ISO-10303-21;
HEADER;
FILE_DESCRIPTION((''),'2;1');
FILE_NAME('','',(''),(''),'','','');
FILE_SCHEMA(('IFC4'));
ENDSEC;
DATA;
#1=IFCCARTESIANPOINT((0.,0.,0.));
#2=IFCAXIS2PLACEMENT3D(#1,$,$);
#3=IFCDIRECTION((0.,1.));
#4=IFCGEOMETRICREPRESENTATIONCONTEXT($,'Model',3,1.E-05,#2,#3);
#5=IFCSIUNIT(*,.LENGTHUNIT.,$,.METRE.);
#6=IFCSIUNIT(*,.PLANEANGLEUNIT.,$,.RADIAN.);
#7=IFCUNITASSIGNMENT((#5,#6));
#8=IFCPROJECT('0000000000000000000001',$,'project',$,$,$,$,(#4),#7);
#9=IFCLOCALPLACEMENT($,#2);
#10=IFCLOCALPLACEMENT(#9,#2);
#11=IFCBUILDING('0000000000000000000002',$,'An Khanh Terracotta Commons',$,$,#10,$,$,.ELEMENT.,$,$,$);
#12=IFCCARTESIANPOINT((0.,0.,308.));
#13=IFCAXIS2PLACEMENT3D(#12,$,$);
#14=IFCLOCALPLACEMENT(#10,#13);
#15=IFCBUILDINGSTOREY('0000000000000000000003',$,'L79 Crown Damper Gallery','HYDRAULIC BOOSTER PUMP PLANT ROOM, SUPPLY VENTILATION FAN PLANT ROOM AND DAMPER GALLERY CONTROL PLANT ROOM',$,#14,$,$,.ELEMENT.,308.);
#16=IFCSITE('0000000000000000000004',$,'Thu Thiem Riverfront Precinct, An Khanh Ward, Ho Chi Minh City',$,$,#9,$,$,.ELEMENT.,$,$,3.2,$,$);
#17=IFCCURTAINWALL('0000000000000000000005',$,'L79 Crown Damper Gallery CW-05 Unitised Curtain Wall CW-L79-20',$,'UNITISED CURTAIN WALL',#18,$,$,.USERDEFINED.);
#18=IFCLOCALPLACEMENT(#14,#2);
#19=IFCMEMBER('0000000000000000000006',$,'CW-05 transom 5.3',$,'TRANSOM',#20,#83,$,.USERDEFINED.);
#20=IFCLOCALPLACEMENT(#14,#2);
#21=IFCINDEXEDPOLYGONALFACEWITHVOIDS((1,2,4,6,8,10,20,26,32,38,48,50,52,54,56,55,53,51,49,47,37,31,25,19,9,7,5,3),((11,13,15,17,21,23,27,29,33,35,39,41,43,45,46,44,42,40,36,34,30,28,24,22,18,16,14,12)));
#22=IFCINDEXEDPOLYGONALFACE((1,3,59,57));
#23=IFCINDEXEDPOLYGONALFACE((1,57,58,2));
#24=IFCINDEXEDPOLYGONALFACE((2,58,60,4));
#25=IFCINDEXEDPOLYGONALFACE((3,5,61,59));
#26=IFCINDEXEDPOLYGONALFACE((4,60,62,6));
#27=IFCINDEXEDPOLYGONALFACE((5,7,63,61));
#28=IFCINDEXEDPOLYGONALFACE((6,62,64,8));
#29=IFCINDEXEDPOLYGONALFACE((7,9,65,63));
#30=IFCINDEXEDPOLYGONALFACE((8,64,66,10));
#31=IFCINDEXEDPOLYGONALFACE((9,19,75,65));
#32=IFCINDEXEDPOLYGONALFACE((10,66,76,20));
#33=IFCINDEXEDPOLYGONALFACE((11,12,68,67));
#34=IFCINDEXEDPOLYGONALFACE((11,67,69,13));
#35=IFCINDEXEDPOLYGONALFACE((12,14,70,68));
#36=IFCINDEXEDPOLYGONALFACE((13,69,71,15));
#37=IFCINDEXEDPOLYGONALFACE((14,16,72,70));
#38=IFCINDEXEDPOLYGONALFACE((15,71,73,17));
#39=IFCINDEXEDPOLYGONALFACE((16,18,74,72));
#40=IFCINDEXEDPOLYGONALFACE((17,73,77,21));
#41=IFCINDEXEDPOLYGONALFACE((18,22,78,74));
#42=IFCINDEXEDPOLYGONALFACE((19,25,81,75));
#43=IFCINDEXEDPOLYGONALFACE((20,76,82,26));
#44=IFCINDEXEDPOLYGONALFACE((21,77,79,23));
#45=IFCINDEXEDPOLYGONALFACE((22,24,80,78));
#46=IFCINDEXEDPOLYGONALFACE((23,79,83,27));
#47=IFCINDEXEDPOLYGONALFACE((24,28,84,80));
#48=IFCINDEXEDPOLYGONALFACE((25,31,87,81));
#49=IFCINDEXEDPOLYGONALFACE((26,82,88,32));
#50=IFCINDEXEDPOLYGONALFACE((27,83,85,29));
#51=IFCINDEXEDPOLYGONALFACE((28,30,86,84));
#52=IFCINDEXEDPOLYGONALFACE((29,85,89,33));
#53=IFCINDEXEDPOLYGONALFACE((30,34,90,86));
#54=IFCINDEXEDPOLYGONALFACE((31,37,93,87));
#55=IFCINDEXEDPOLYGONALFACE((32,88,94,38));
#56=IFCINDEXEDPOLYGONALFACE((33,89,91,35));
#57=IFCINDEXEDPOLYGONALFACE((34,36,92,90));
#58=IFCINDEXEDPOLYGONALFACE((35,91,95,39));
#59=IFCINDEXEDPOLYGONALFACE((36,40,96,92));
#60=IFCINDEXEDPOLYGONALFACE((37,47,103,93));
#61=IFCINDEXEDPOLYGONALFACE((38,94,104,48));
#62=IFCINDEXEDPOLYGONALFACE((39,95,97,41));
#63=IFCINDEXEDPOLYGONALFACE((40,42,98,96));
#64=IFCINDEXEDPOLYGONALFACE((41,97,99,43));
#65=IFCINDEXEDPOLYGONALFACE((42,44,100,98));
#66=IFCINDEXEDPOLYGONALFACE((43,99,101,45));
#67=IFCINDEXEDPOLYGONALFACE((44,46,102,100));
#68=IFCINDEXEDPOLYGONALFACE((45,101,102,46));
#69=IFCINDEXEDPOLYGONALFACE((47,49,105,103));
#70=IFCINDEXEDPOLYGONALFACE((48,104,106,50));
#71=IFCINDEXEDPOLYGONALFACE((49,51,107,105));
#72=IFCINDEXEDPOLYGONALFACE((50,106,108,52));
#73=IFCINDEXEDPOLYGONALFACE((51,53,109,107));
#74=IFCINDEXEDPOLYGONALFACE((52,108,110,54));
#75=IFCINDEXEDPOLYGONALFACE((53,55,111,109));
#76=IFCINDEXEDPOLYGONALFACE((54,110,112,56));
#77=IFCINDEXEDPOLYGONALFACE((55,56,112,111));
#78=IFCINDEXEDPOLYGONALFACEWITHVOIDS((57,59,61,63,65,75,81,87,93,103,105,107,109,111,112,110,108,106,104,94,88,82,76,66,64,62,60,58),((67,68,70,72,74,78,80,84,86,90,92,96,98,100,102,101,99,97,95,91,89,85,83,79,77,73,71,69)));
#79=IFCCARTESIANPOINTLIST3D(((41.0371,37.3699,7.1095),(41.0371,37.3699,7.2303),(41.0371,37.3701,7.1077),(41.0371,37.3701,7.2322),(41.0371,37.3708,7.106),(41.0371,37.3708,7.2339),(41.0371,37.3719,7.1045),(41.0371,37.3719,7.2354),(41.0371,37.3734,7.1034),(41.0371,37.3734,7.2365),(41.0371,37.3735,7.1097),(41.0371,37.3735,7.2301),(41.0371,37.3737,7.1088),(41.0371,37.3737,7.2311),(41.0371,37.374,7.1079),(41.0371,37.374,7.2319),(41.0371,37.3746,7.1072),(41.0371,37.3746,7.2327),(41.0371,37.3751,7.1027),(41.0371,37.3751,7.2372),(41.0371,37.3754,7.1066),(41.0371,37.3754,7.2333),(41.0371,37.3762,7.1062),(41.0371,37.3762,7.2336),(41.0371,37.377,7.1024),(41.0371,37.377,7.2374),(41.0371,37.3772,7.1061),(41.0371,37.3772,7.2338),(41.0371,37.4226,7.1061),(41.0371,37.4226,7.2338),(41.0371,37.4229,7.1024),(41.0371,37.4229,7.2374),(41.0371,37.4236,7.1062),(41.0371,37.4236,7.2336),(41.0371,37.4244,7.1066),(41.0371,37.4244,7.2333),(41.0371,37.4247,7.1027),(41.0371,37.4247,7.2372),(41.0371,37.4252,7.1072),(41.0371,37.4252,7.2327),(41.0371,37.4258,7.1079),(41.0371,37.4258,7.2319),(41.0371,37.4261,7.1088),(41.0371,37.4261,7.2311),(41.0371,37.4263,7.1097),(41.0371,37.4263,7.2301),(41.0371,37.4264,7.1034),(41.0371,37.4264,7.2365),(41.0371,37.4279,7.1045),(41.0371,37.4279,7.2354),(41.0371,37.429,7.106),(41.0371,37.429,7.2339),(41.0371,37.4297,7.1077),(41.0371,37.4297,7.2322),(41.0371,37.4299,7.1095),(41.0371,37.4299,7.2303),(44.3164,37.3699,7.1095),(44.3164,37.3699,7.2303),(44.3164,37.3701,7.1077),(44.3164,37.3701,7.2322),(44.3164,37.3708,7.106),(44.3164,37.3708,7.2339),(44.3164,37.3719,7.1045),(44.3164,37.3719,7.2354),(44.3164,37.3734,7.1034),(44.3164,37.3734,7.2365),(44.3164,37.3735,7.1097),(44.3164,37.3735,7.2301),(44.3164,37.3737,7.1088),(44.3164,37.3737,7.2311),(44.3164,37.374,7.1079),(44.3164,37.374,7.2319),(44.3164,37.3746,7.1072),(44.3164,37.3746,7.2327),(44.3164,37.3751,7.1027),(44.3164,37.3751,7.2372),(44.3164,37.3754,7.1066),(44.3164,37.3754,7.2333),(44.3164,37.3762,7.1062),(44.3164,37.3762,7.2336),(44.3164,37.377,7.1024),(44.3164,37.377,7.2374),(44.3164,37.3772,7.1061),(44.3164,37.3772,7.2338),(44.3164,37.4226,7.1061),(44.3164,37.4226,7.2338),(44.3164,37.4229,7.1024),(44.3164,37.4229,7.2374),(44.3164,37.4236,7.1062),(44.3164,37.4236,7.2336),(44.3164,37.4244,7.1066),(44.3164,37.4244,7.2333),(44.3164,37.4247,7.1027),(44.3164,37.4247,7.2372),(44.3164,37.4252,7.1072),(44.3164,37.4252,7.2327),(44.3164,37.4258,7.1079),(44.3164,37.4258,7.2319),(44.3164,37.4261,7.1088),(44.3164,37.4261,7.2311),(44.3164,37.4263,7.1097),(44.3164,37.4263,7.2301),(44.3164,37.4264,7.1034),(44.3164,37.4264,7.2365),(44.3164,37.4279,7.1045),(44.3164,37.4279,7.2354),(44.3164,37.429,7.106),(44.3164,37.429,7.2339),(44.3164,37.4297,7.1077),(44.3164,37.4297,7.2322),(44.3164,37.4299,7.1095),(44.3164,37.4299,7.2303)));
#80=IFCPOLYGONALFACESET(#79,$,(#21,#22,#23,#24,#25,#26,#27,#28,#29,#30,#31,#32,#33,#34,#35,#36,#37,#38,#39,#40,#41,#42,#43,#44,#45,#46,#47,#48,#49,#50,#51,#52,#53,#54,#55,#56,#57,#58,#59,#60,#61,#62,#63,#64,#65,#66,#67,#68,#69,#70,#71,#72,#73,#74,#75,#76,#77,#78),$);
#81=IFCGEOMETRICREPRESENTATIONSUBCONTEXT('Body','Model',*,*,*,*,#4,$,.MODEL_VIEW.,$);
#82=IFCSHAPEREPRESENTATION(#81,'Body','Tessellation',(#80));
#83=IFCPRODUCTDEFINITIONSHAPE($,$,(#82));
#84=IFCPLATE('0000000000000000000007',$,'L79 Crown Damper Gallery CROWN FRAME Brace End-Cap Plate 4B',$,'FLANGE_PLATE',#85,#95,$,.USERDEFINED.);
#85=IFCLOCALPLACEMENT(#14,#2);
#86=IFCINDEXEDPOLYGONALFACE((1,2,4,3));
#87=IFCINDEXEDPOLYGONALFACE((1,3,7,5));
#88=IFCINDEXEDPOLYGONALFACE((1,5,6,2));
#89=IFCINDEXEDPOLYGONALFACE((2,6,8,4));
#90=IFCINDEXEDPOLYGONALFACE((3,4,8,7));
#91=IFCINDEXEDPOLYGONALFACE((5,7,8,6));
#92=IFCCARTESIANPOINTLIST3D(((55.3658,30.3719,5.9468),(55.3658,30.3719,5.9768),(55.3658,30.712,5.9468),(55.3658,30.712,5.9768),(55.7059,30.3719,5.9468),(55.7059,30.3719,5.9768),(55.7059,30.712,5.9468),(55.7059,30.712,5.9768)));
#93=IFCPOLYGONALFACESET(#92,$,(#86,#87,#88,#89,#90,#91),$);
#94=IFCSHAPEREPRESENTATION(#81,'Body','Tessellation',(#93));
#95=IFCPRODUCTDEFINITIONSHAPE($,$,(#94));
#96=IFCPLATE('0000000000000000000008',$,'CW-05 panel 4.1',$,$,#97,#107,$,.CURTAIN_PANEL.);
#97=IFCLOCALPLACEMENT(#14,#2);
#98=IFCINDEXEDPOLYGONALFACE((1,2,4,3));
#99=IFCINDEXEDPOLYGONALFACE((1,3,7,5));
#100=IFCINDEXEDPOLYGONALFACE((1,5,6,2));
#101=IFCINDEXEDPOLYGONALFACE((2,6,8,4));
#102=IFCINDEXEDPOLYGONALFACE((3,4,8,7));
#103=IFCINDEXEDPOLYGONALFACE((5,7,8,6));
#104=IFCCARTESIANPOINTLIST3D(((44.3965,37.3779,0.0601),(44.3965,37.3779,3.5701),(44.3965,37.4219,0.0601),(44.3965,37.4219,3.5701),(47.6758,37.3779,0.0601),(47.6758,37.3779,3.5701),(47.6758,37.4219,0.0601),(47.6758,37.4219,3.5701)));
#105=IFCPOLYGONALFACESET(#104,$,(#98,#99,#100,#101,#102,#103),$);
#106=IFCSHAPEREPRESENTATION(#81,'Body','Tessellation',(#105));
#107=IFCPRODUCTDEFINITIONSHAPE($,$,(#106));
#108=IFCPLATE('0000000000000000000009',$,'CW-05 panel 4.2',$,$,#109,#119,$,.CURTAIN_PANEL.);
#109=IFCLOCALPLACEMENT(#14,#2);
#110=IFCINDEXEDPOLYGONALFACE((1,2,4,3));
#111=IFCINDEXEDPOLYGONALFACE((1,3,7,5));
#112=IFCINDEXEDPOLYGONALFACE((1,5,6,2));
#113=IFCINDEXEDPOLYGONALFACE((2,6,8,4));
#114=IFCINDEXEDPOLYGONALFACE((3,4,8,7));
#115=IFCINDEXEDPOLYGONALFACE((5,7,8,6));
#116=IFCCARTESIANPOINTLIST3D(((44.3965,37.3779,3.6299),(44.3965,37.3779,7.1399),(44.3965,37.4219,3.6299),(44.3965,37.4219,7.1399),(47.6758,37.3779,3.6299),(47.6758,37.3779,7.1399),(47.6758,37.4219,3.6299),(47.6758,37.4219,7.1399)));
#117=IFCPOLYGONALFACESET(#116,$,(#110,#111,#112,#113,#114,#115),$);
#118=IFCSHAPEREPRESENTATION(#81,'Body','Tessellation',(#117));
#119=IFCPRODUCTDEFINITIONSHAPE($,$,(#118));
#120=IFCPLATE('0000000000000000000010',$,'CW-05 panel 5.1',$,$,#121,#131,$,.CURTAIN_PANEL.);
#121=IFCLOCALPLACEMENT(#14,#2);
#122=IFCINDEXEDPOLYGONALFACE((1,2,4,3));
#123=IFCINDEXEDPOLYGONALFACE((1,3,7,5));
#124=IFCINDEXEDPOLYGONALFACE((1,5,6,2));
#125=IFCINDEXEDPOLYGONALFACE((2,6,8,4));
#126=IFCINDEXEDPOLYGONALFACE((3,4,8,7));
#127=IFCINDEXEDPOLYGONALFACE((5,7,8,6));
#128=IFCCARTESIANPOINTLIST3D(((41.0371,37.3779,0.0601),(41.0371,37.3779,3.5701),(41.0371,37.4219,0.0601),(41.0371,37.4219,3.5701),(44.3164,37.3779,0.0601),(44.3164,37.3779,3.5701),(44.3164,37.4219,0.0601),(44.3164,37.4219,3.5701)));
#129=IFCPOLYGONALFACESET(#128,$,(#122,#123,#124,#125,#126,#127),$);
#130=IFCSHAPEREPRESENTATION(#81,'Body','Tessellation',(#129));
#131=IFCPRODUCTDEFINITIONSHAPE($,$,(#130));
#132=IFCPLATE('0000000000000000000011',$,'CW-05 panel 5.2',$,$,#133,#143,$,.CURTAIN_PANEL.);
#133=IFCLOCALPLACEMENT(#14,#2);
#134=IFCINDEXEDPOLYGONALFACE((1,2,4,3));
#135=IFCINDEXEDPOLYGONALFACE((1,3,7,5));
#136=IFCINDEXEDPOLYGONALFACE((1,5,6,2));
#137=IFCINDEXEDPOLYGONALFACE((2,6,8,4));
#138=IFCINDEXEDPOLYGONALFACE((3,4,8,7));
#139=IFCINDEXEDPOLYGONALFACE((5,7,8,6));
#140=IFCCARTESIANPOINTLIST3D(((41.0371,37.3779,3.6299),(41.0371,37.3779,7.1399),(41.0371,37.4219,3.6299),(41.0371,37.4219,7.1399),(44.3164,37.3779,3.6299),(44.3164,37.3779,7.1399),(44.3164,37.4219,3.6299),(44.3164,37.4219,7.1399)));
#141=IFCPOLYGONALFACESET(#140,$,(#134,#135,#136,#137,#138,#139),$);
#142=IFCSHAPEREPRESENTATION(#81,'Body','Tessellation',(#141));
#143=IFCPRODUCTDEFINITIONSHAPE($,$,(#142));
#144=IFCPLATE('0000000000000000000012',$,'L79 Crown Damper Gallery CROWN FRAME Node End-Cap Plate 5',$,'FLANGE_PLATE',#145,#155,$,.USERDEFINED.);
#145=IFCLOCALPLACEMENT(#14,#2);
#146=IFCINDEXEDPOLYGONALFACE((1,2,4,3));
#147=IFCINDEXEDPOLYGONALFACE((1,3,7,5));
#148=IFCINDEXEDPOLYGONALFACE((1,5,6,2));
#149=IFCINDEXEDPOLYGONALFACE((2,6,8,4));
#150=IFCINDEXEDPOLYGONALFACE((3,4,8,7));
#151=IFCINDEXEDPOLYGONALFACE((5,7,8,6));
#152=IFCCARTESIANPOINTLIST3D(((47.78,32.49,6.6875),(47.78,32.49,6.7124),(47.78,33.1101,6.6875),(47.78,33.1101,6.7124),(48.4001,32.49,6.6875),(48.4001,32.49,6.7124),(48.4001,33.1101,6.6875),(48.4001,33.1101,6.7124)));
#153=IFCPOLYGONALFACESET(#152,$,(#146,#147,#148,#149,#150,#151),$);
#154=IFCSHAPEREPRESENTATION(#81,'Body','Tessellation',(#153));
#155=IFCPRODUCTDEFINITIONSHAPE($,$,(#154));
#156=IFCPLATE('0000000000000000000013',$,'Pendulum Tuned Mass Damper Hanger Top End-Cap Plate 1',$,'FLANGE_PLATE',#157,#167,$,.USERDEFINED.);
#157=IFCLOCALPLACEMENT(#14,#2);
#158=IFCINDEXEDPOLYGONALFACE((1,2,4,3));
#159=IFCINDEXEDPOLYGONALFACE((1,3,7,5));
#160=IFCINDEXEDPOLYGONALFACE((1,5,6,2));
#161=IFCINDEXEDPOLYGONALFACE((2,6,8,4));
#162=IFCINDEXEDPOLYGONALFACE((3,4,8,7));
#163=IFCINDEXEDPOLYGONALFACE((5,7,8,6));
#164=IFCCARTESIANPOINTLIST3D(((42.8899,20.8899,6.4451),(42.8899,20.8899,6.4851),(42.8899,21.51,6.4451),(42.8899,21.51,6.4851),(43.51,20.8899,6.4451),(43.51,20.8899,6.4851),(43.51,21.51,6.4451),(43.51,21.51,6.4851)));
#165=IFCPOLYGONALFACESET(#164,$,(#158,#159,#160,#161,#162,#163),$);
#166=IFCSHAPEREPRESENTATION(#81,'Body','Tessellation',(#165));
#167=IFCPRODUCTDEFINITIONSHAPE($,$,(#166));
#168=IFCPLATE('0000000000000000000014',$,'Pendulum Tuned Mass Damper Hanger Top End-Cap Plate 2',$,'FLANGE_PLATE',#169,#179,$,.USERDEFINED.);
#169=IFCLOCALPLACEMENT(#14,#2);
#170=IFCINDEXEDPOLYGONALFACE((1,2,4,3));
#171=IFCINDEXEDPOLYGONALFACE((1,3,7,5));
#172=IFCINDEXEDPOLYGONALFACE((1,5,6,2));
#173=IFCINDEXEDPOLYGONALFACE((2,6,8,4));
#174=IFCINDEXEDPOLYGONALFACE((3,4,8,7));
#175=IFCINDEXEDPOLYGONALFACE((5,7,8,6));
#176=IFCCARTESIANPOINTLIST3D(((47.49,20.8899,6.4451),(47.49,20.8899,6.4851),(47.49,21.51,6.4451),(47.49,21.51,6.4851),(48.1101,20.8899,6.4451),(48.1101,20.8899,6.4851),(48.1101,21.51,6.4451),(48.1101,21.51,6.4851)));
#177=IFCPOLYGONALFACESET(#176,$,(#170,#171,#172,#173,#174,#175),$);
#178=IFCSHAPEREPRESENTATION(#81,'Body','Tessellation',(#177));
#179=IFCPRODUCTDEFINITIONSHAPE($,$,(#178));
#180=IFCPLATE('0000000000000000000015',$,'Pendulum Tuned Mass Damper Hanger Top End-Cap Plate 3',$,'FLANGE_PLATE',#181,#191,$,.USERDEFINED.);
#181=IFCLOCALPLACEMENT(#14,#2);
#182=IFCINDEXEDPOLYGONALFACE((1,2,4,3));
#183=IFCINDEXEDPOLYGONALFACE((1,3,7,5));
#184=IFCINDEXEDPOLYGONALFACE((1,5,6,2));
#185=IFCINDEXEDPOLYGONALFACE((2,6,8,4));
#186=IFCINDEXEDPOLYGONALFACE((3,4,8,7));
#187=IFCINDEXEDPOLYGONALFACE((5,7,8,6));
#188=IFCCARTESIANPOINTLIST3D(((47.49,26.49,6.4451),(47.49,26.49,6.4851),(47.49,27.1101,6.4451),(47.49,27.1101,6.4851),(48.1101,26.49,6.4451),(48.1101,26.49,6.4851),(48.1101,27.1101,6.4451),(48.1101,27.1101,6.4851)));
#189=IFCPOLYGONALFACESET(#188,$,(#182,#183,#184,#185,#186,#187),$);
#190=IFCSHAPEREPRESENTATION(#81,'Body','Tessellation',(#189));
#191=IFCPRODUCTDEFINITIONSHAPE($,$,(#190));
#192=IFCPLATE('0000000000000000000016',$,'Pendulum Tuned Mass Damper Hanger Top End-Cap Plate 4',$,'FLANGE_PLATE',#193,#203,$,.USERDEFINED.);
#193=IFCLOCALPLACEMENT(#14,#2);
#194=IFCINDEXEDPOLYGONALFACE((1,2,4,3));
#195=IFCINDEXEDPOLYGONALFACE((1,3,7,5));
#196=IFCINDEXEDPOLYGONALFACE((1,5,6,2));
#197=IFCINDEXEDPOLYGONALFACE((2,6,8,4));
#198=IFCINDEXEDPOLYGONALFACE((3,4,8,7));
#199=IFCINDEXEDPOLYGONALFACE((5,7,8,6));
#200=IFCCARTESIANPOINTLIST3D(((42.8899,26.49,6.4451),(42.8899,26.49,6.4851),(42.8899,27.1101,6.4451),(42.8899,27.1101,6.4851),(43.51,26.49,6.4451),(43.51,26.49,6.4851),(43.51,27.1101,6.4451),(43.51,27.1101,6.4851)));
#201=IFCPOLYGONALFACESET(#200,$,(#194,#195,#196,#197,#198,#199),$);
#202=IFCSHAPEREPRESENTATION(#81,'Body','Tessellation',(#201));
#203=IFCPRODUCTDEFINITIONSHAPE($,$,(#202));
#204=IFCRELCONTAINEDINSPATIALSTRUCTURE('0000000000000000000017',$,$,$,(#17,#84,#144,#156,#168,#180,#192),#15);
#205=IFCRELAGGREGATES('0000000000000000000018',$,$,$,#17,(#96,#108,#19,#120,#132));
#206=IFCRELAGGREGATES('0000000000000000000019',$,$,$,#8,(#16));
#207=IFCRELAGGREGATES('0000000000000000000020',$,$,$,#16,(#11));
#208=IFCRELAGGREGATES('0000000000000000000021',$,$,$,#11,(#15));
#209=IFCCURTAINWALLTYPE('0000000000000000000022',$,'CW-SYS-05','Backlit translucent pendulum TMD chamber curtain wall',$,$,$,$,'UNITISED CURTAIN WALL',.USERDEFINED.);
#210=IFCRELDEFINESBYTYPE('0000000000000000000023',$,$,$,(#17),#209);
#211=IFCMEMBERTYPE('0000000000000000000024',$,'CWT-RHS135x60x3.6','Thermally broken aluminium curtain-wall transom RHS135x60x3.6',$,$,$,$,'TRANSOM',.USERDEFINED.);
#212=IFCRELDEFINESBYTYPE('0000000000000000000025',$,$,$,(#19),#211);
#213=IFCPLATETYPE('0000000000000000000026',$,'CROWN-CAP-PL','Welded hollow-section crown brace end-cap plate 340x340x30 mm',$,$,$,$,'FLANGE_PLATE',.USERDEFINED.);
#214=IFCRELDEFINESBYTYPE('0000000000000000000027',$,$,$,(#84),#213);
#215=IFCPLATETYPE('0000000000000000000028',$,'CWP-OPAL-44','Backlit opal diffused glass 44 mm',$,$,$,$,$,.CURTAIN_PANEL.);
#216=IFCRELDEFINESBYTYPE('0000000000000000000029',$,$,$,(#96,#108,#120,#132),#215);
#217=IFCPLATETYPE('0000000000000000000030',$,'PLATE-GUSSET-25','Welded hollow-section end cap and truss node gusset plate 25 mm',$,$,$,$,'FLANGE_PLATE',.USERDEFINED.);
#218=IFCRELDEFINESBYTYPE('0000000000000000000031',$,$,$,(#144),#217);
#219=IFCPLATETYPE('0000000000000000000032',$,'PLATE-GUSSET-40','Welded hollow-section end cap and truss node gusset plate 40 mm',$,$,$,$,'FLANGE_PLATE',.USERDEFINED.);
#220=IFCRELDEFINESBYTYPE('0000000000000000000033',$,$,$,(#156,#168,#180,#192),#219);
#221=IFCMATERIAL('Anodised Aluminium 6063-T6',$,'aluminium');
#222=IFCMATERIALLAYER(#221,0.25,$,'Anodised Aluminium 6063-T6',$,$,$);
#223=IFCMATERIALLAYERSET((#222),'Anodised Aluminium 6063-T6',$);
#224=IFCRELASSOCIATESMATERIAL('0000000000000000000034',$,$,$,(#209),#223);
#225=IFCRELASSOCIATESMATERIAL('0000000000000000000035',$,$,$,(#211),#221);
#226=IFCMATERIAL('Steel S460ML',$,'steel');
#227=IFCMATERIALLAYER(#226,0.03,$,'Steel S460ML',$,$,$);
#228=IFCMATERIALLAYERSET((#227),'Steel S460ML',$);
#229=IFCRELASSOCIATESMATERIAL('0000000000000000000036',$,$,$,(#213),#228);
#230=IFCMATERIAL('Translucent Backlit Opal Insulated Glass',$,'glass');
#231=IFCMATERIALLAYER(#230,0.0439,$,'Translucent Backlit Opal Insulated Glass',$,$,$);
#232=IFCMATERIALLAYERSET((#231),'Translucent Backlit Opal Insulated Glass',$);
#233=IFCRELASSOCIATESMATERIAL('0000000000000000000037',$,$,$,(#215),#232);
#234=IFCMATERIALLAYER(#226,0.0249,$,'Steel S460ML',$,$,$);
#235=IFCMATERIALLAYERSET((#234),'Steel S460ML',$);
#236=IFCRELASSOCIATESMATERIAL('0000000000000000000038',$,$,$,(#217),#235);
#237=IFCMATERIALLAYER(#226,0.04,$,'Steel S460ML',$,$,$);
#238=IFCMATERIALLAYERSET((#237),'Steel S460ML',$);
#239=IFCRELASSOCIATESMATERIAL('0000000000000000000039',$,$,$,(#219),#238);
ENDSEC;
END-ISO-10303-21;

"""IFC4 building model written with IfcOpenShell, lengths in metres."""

from ifc_helpers import new_model, si_unit, direction, frame, origin, origin_2d, place, context, subcontext, project, spatial, rectangle, hollow_rectangle, extrude, material, layer, layer_set, material_profile, profile_set, type_object, element, aggregate, save


model = new_model("IFC4")

# Units and contexts
model_context = context("Model", 3, precision=1e-05, world=origin(), true_north=direction((0.0, 1.0)))
body_context = subcontext(model_context, "Body", "Model", "MODEL_VIEW")
ifc_project = project(units=[si_unit("LENGTHUNIT", "METRE"), si_unit("PLANEANGLEUNIT", "RADIAN")], contexts=[model_context])

# Site, building, storey
site_placement = place(None, origin())
site = spatial("IfcSite", under=ifc_project, at=site_placement, Name="Thu Thiem Riverfront Precinct, An Khanh Ward, Ho Chi Minh City", CompositionType="ELEMENT", RefElevation=3.2)
building_placement = place(site_placement, origin())
building = spatial("IfcBuilding", under=site, at=building_placement, Name="An Khanh Terracotta Commons", CompositionType="ELEMENT")
storey_placement = place(building_placement, frame((0.0, 0.0, 308.0)))
storey = spatial("IfcBuildingStorey", under=building, at=storey_placement, Name="L79 Crown Damper Gallery", Description="HYDRAULIC BOOSTER PUMP PLANT ROOM, SUPPLY VENTILATION FAN PLANT ROOM AND DAMPER GALLERY CONTROL PLANT ROOM", CompositionType="ELEMENT", Elevation=308.0)

# Shared definitions
ifc_material_1 = material(Name="Steel S460ML", Category="steel")

# Curtain wall, member
ifc_material_2 = material(Name="Anodised Aluminium 6063-T6", Category="aluminium")
ifc_layer_1 = layer(ifc_material_2, 0.25, Name="Anodised Aluminium 6063-T6")
ifc_layer_set_1 = layer_set([ifc_layer_1], Name="Anodised Aluminium 6063-T6")
curtain_wall_type = type_object("IfcCurtainWallType", Name="CW-SYS-05", Description="Backlit translucent pendulum TMD chamber curtain wall", ElementType="UNITISED CURTAIN WALL", PredefinedType="USERDEFINED", material=ifc_layer_set_1)
curtain_wall_placement = place(storey_placement, origin())
curtain_wall = element("IfcCurtainWall", 1, at=curtain_wall_placement, inside=storey, type_object=curtain_wall_type, Name="L79 Crown Damper Gallery CW-05 Unitised Curtain Wall CW-L79-20", ObjectType="UNITISED CURTAIN WALL", PredefinedType="USERDEFINED")
ifc_material_profile_1 = material_profile(ifc_material_2, hollow_rectangle(XDim=0.0601, YDim=0.135, WallThickness=0.0037, InnerFilletRadius=0.0037, OuterFilletRadius=0.0071, at=origin_2d()), Name="RHS135x60x3.6")
ifc_profile_set_1 = profile_set([ifc_material_profile_1], Name="Anodised Aluminium 6063-T6")
member_type_1 = type_object("IfcMemberType", Name="CWT-RHS135x60x3.6", Description="Thermally broken aluminium curtain-wall transom RHS135x60x3.6", ElementType="TRANSOM", PredefinedType="USERDEFINED", material=ifc_profile_set_1)
member_1_placement = place(storey_placement, frame((44.3164, 37.3999, 7.1699), z_axis=(-1.0, 0.0, 0.0), x_axis=(0.0, -1.0, 0.0)))
member_1 = element("IfcMember", 2, at=member_1_placement, type_object=member_type_1, Name="CW-05 transom 5.3", ObjectType="TRANSOM", PredefinedType="USERDEFINED", context=body_context, shape_type="SweptSolid", body=[
    extrude(hollow_rectangle(XDim=0.0601, YDim=0.135, WallThickness=0.0037, InnerFilletRadius=0.0037, OuterFilletRadius=0.0071, at=origin_2d()), origin(), (0.0, 0.0, 1.0), 3.2793),
])

# Plates
ifc_layer_2 = layer(ifc_material_1, 0.03, Name="Steel S460ML")
ifc_layer_set_2 = layer_set([ifc_layer_2], Name="Steel S460ML")
plate_type_1 = type_object("IfcPlateType", Name="CROWN-CAP-PL", Description="Welded hollow-section crown brace end-cap plate 340x340x30 mm", ElementType="FLANGE_PLATE", PredefinedType="USERDEFINED", material=ifc_layer_set_2)
plate_1_placement = place(storey_placement, frame((55.5359, 30.542, 5.9468), z_axis=(0.0, 0.0, 1.0), x_axis=(1.0, 0.0, 0.0)))
element("IfcPlate", 3, at=plate_1_placement, inside=storey, type_object=plate_type_1, Name="L79 Crown Damper Gallery CROWN FRAME Brace End-Cap Plate 4B", ObjectType="FLANGE_PLATE", PredefinedType="USERDEFINED", context=body_context, shape_type="SweptSolid", body=[
    extrude(rectangle(XDim=0.3401, YDim=0.3401, at=origin_2d()), origin(), (0.0, 0.0, 1.0), 0.03),
])
ifc_material_3 = material(Name="Translucent Backlit Opal Insulated Glass", Category="glass")
ifc_layer_3 = layer(ifc_material_3, 0.0439, Name="Translucent Backlit Opal Insulated Glass")
ifc_layer_set_3 = layer_set([ifc_layer_3], Name="Translucent Backlit Opal Insulated Glass")
plate_type_2 = type_object("IfcPlateType", Name="CWP-OPAL-44", Description="Backlit opal diffused glass 44 mm", PredefinedType="CURTAIN_PANEL", material=ifc_layer_set_3)
plate_2_placement = place(storey_placement, frame((46.0361, 37.3999, 0.0601), z_axis=(0.0, 0.0, 1.0), x_axis=(-1.0, 0.0, 0.0)))
plate_2 = element("IfcPlate", 4, at=plate_2_placement, type_object=plate_type_2, Name="CW-05 panel 4.1", PredefinedType="CURTAIN_PANEL", context=body_context, shape_type="SweptSolid", body=[
    extrude(rectangle(XDim=3.2793, YDim=0.0439, at=origin_2d()), origin(), (0.0, 0.0, 1.0), 3.51),
])
plate_3_placement = place(storey_placement, frame((46.0361, 37.3999, 3.6299), z_axis=(0.0, 0.0, 1.0), x_axis=(-1.0, 0.0, 0.0)))
plate_3 = element("IfcPlate", 5, at=plate_3_placement, type_object=plate_type_2, Name="CW-05 panel 4.2", PredefinedType="CURTAIN_PANEL", context=body_context, shape_type="SweptSolid", body=[
    extrude(rectangle(XDim=3.2793, YDim=0.0439, at=origin_2d()), origin(), (0.0, 0.0, 1.0), 3.51),
])
plate_4_placement = place(storey_placement, frame((42.6768, 37.3999, 0.0601), z_axis=(0.0, 0.0, 1.0), x_axis=(-1.0, 0.0, 0.0)))
plate_4 = element("IfcPlate", 6, at=plate_4_placement, type_object=plate_type_2, Name="CW-05 panel 5.1", PredefinedType="CURTAIN_PANEL", context=body_context, shape_type="SweptSolid", body=[
    extrude(rectangle(XDim=3.2793, YDim=0.0439, at=origin_2d()), origin(), (0.0, 0.0, 1.0), 3.51),
])
plate_5_placement = place(storey_placement, frame((42.6768, 37.3999, 3.6299), z_axis=(0.0, 0.0, 1.0), x_axis=(-1.0, 0.0, 0.0)))
plate_5 = element("IfcPlate", 7, at=plate_5_placement, type_object=plate_type_2, Name="CW-05 panel 5.2", PredefinedType="CURTAIN_PANEL", context=body_context, shape_type="SweptSolid", body=[
    extrude(rectangle(XDim=3.2793, YDim=0.0439, at=origin_2d()), origin(), (0.0, 0.0, 1.0), 3.51),
])
aggregate(curtain_wall, [plate_2, plate_3, member_1, plate_4, plate_5])

# Plates
ifc_layer_4 = layer(ifc_material_1, 0.0249, Name="Steel S460ML")
ifc_layer_set_4 = layer_set([ifc_layer_4], Name="Steel S460ML")
plate_type_3 = type_object("IfcPlateType", Name="PLATE-GUSSET-25", Description="Welded hollow-section end cap and truss node gusset plate 25 mm", ElementType="FLANGE_PLATE", PredefinedType="USERDEFINED", material=ifc_layer_set_4)
plate_6_placement = place(storey_placement, frame((48.0901, 32.8, 6.6875), z_axis=(0.0, 0.0, 1.0), x_axis=(1.0, 0.0, 0.0)))
element("IfcPlate", 8, at=plate_6_placement, inside=storey, type_object=plate_type_3, Name="L79 Crown Damper Gallery CROWN FRAME Node End-Cap Plate 5", ObjectType="FLANGE_PLATE", PredefinedType="USERDEFINED", context=body_context, shape_type="SweptSolid", body=[
    extrude(rectangle(XDim=0.6201, YDim=0.6201, at=origin_2d()), origin(), (0.0, 0.0, 1.0), 0.0249),
])
ifc_layer_5 = layer(ifc_material_1, 0.04, Name="Steel S460ML")
ifc_layer_set_5 = layer_set([ifc_layer_5], Name="Steel S460ML")
plate_type_4 = type_object("IfcPlateType", Name="PLATE-GUSSET-40", Description="Welded hollow-section end cap and truss node gusset plate 40 mm", ElementType="FLANGE_PLATE", PredefinedType="USERDEFINED", material=ifc_layer_set_5)
for number, where, z_axis, x_axis, name in (
    (9, (43.2, 21.2, 6.4451), (0.0, 0.0, 1.0), (1.0, 0.0, 0.0), "Pendulum Tuned Mass Damper Hanger Top End-Cap Plate 1"),
    (10, (47.8, 21.2, 6.4451), (0.0, 0.0, 1.0), (1.0, 0.0, 0.0), "Pendulum Tuned Mass Damper Hanger Top End-Cap Plate 2"),
    (11, (47.8, 26.8, 6.4451), (0.0, 0.0, 1.0), (1.0, 0.0, 0.0), "Pendulum Tuned Mass Damper Hanger Top End-Cap Plate 3"),
    (12, (43.2, 26.8, 6.4451), (0.0, 0.0, 1.0), (1.0, 0.0, 0.0), "Pendulum Tuned Mass Damper Hanger Top End-Cap Plate 4"),
):
    element("IfcPlate", number, at=place(storey_placement, frame(where, z_axis=z_axis, x_axis=x_axis)), inside=storey, type_object=plate_type_4, Name=name, ObjectType="FLANGE_PLATE", PredefinedType="USERDEFINED", context=body_context, shape_type="SweptSolid", body=[
        extrude(rectangle(XDim=0.6201, YDim=0.6201, at=origin_2d()), origin(), (0.0, 0.0, 1.0), 0.04),
    ])

save(model, "model.ifc")
